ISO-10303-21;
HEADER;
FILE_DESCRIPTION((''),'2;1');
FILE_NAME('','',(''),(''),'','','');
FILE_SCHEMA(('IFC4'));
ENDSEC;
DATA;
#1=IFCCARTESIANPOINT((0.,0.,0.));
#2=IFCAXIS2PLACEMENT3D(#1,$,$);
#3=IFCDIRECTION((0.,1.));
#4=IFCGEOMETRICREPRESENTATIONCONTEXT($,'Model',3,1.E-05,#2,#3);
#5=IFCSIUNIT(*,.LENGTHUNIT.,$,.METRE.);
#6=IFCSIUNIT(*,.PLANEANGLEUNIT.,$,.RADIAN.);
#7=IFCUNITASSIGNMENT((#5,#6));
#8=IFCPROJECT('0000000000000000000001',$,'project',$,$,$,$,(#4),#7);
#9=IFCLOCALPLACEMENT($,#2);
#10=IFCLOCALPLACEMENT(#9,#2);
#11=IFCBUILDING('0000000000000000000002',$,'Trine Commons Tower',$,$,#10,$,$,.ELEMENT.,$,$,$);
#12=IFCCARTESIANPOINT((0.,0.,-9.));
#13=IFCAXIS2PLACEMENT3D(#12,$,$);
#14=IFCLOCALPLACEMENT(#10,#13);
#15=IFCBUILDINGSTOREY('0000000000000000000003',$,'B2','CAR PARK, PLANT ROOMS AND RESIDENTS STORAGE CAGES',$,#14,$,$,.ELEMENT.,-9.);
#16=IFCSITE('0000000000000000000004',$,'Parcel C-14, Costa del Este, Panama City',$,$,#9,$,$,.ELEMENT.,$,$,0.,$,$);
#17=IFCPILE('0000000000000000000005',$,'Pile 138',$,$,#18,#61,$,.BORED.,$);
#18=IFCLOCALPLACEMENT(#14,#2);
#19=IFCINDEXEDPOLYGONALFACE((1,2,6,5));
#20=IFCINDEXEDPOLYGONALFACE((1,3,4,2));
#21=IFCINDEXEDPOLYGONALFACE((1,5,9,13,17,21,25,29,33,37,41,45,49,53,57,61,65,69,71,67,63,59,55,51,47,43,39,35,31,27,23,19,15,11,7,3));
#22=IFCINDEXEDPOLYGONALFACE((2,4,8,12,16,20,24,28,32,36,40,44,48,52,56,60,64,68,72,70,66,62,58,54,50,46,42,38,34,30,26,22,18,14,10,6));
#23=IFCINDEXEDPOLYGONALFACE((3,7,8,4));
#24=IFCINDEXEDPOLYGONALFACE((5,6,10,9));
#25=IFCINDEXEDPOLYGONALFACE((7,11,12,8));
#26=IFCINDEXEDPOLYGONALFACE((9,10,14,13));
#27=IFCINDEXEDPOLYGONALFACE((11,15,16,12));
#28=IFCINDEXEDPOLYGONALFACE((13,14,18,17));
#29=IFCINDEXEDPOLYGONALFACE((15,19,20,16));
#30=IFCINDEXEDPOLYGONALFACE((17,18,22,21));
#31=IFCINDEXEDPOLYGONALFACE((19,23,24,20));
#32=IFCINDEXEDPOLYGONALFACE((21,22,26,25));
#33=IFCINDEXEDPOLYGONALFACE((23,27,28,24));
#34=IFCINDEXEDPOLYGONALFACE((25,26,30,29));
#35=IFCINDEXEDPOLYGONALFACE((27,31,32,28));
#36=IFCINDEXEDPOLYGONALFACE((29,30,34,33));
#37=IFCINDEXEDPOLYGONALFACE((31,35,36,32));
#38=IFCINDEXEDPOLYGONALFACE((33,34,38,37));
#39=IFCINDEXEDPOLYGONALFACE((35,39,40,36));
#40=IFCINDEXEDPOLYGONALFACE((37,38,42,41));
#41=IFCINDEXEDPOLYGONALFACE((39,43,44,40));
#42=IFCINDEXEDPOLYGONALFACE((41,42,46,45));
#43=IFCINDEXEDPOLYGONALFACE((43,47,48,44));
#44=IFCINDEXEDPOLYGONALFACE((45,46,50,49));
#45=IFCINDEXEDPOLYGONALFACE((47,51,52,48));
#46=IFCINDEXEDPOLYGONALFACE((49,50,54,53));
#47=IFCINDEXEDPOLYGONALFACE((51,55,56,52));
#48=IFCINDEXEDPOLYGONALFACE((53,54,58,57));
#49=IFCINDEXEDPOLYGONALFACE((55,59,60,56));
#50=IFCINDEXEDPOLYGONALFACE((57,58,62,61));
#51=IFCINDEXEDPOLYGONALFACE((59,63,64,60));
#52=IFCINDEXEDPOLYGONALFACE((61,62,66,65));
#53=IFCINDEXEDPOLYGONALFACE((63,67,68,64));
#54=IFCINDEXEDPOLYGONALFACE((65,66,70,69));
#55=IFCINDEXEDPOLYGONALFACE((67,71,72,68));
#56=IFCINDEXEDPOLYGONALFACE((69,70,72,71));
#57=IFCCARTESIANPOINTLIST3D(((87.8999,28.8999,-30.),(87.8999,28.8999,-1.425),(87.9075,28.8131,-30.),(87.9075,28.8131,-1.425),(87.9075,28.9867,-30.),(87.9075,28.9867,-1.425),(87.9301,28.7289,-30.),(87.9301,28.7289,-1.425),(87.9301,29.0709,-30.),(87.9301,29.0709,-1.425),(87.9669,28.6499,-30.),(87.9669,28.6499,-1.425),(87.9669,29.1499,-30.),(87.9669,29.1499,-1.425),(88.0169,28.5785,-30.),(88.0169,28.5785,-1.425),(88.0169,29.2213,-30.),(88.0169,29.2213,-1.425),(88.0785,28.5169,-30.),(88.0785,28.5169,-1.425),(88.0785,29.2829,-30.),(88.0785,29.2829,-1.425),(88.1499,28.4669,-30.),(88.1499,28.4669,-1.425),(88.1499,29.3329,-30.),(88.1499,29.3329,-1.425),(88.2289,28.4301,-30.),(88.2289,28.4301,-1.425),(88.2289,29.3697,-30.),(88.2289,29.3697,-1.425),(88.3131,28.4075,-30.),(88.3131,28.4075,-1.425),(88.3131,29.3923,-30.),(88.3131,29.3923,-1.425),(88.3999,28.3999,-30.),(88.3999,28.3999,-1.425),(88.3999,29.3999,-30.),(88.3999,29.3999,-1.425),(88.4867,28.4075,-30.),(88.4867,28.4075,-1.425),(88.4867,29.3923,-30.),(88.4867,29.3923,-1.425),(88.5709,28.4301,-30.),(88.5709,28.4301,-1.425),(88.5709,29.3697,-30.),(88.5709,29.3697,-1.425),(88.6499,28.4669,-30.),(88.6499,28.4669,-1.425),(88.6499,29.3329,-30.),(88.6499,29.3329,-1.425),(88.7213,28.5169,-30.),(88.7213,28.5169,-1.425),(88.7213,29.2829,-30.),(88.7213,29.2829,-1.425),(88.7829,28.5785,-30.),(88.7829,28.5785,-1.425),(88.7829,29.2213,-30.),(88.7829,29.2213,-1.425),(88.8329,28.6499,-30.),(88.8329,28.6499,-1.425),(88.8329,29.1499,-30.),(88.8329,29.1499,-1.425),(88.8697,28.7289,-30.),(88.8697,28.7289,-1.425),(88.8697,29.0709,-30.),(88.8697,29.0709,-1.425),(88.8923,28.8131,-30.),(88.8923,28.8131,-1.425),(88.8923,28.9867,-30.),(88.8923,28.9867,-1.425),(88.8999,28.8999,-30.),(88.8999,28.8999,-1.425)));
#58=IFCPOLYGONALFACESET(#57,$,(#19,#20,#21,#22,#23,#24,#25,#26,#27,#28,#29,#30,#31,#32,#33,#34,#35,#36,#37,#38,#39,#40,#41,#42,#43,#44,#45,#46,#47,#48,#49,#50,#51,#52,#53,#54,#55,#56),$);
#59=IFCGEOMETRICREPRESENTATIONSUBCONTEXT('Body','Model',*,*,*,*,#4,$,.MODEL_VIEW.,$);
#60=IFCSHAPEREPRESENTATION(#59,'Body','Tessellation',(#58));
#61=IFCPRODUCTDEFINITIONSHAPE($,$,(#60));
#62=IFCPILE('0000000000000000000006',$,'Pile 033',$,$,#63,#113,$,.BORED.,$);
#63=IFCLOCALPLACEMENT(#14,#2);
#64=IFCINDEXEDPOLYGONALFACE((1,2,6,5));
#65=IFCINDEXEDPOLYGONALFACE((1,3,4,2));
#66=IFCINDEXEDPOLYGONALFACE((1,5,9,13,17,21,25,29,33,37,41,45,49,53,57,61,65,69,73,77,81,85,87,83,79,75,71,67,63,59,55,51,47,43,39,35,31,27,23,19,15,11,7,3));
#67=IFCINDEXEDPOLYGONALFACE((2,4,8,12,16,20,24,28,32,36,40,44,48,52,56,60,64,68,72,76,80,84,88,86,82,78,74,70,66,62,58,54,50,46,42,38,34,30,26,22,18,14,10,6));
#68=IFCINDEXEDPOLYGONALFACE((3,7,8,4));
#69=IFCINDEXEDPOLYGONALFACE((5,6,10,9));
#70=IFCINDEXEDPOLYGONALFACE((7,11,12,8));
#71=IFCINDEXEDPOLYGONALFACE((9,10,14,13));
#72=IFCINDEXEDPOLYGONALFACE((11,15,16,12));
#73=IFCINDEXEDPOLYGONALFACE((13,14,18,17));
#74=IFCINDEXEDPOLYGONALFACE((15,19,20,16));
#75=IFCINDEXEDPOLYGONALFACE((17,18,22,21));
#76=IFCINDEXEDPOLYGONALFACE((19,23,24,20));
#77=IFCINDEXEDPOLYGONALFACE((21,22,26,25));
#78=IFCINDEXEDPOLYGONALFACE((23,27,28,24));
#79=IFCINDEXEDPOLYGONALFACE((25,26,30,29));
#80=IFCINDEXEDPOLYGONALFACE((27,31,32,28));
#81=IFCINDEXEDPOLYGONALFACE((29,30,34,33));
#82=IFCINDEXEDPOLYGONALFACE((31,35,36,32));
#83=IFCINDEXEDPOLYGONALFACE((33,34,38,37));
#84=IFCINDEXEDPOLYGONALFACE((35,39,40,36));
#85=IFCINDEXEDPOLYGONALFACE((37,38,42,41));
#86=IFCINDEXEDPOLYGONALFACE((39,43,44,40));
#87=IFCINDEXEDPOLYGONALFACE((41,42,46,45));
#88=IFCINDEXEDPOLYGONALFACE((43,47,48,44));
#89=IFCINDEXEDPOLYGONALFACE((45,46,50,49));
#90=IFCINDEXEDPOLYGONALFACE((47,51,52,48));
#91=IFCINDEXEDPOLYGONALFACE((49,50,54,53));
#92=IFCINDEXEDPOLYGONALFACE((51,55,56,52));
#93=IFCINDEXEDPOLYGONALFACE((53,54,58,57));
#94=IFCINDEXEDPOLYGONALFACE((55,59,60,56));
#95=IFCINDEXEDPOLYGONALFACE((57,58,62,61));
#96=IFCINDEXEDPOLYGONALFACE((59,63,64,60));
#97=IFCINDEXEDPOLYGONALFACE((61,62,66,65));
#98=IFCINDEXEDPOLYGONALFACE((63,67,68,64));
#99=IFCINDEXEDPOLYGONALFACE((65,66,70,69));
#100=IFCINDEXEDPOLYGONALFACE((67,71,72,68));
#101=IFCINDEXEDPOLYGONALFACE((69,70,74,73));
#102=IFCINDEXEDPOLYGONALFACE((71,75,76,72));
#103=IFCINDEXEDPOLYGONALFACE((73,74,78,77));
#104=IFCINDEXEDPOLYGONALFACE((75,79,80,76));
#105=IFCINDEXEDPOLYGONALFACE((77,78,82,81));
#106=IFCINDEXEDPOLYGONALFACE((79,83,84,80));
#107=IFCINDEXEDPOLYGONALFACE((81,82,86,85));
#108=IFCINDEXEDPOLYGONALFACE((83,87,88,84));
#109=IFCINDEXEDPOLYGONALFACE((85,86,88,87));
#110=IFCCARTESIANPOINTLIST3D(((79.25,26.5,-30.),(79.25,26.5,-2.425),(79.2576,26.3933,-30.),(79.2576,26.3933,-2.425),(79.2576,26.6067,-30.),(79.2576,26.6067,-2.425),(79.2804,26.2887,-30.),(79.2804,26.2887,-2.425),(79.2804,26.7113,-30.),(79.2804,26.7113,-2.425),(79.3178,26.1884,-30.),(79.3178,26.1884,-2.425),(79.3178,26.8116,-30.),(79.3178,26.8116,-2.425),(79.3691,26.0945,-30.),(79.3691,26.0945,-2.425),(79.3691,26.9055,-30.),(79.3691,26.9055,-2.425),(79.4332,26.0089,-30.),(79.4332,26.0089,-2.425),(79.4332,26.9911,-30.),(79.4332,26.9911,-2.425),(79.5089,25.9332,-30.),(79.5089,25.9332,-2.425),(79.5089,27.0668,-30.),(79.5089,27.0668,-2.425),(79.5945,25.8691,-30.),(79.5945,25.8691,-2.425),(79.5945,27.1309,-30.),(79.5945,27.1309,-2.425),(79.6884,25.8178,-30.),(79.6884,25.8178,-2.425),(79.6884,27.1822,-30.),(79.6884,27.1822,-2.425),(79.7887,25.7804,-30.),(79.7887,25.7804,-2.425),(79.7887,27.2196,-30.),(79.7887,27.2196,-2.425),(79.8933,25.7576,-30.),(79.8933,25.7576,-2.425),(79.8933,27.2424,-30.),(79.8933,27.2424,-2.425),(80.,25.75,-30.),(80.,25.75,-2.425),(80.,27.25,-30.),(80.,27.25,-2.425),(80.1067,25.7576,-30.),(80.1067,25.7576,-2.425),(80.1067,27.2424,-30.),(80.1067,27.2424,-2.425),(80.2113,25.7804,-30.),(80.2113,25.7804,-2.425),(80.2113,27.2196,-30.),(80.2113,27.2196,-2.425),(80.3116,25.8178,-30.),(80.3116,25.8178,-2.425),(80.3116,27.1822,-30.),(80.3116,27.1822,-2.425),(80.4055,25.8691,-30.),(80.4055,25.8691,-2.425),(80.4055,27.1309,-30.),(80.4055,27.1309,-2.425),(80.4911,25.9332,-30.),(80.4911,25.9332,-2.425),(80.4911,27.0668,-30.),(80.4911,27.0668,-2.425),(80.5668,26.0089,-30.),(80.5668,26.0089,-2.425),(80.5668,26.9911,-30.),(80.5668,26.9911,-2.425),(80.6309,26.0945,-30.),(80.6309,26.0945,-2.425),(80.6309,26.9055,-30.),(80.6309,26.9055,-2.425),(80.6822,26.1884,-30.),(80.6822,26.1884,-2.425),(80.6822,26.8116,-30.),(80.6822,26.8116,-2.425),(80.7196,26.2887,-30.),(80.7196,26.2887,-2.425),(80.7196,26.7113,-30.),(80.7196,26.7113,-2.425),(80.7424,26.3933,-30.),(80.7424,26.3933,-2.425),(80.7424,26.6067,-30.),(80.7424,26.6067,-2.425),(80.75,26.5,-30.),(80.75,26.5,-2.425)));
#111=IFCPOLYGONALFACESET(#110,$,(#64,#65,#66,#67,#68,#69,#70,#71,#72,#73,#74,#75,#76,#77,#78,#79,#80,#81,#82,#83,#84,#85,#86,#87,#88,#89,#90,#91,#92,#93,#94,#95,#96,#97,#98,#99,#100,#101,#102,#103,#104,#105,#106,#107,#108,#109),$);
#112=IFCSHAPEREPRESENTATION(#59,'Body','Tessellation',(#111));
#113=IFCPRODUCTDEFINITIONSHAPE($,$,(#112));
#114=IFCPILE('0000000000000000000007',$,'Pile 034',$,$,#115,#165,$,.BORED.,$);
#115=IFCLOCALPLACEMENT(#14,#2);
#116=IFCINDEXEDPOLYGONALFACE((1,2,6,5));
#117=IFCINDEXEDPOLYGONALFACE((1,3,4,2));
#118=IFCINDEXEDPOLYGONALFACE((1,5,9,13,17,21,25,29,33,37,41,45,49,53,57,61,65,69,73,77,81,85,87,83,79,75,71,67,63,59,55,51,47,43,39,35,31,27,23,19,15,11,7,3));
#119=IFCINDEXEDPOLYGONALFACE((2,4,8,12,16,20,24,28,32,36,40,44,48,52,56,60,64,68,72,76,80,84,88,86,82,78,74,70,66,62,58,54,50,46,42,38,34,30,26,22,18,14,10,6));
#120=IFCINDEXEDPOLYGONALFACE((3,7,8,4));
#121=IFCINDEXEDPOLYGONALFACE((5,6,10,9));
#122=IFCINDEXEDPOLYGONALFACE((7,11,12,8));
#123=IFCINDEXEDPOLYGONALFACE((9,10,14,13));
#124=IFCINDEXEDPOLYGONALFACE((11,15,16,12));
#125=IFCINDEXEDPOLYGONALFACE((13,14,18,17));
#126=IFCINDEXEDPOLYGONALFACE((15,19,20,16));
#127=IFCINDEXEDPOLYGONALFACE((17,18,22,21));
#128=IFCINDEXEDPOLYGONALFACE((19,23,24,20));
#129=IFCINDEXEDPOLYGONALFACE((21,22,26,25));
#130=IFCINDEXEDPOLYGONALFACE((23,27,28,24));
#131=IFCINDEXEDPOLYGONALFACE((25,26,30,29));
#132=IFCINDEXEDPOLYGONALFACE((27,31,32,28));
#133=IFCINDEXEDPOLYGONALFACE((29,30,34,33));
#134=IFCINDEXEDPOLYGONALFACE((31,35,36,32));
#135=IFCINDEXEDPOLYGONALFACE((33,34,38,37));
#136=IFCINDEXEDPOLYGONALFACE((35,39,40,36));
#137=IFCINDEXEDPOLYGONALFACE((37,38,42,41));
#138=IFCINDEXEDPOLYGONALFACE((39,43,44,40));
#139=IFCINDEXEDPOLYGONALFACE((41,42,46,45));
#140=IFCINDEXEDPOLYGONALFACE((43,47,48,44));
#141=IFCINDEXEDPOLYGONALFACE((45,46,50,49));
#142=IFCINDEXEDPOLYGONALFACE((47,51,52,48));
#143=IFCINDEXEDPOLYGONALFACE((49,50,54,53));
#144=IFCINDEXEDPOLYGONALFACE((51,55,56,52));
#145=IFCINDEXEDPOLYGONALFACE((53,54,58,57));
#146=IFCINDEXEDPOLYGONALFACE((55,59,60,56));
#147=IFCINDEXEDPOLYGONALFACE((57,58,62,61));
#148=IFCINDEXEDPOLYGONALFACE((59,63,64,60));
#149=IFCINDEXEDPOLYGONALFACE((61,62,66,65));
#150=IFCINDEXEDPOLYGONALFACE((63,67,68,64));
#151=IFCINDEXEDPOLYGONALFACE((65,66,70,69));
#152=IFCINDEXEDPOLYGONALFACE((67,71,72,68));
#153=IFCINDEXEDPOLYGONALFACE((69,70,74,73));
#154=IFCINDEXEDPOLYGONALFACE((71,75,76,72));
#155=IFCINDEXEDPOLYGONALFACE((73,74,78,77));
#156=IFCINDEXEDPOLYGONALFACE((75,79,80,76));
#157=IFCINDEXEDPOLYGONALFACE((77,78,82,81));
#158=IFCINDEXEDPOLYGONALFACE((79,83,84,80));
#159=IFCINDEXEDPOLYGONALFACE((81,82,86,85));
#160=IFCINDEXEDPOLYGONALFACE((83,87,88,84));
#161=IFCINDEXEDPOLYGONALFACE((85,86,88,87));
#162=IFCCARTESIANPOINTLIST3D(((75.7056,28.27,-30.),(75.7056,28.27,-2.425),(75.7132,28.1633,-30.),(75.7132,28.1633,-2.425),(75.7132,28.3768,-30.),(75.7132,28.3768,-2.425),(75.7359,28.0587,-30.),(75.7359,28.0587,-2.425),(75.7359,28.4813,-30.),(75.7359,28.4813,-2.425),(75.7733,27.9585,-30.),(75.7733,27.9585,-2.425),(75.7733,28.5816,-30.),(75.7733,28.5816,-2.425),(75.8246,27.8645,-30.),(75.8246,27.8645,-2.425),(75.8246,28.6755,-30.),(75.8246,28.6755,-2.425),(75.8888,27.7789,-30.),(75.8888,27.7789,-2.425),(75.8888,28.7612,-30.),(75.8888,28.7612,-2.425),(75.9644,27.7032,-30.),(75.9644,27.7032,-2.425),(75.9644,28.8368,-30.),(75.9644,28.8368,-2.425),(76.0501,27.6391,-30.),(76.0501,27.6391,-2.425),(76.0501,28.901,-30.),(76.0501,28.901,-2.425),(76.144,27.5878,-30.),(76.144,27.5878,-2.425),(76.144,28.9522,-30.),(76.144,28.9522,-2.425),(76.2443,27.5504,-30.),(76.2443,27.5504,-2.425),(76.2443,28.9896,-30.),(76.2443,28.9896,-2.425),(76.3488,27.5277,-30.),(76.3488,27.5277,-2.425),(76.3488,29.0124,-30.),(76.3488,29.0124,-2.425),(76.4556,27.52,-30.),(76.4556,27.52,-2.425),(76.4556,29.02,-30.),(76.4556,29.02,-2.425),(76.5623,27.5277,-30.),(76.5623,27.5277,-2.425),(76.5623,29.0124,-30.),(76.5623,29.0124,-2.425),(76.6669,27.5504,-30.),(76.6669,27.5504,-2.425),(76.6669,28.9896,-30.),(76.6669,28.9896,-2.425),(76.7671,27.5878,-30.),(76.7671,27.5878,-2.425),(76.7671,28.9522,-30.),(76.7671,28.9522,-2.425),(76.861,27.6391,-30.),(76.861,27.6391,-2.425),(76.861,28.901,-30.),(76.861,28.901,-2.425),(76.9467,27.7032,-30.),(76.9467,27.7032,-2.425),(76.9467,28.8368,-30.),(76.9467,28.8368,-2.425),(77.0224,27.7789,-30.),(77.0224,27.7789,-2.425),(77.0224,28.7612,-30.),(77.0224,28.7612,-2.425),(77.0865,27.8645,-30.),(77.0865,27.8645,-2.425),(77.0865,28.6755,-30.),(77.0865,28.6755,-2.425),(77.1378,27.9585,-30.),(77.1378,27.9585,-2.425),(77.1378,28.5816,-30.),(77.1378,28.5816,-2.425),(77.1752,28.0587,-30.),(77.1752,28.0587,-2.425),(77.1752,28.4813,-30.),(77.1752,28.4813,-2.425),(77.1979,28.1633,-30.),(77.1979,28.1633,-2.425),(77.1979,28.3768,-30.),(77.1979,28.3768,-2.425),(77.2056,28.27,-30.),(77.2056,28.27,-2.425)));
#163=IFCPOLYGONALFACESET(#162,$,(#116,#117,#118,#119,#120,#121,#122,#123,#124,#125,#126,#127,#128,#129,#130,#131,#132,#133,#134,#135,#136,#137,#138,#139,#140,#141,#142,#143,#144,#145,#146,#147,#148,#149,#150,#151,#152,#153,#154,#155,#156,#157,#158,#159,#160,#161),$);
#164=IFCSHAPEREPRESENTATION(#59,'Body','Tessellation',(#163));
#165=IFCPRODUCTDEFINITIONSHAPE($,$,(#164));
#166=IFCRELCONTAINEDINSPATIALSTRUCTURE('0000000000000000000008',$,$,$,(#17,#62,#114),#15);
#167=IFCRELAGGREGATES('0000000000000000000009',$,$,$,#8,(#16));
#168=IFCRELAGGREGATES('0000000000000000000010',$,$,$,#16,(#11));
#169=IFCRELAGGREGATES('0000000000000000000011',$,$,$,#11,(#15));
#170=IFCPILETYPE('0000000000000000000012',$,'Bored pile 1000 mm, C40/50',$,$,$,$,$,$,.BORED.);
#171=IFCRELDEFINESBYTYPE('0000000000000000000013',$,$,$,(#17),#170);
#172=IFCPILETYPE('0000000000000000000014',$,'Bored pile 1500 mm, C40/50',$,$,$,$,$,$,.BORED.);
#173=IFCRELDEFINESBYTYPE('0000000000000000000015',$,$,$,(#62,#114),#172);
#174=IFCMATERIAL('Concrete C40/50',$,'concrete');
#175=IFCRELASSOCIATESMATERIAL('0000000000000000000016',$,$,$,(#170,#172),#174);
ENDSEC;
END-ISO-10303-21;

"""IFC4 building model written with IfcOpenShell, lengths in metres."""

from ifc_helpers import new_model, si_unit, direction, frame, origin, origin_2d, place, context, subcontext, project, spatial, circle, extrude, material, type_object, element, save


model = new_model("IFC4")

# Units and contexts
model_context = context("Model", 3, precision=1e-05, world=origin(), true_north=direction((0.0, 1.0)))
body_context = subcontext(model_context, "Body", "Model", "MODEL_VIEW")
ifc_project = project(units=[si_unit("LENGTHUNIT", "METRE"), si_unit("PLANEANGLEUNIT", "RADIAN")], contexts=[model_context])

# Site, building, storey
site_placement = place(None, origin())
site = spatial("IfcSite", under=ifc_project, at=site_placement, Name="Parcel C-14, Costa del Este, Panama City", CompositionType="ELEMENT", RefElevation=0.0)
building_placement = place(site_placement, origin())
building = spatial("IfcBuilding", under=site, at=building_placement, Name="Trine Commons Tower", CompositionType="ELEMENT")
storey_placement = place(building_placement, frame((0.0, 0.0, -9.0)))
storey = spatial("IfcBuildingStorey", under=building, at=storey_placement, Name="B2", Description="CAR PARK, PLANT ROOMS AND RESIDENTS STORAGE CAGES", CompositionType="ELEMENT", Elevation=-9.0)

# Piles
ifc_material_1 = material(Name="Concrete C40/50", Category="concrete")
pile_type_1 = type_object("IfcPileType", Name="Bored pile 1000 mm, C40/50", PredefinedType="BORED", material=ifc_material_1)
pile_placement = place(storey_placement, frame((88.3999, 28.8999, -1.425), z_axis=(0.0, 0.0, -1.0), x_axis=(1.0, 0.0, 0.0)))
element("IfcPile", 1, at=pile_placement, inside=storey, type_object=pile_type_1, Name="Pile 138", PredefinedType="BORED", context=body_context, shape_type="SweptSolid", body=[
    extrude(circle(Radius=0.5, at=origin_2d()), origin(), (0.0, 0.0, 1.0), 28.575),
])
pile_type_2 = type_object("IfcPileType", Name="Bored pile 1500 mm, C40/50", PredefinedType="BORED", material=ifc_material_1)
for number, where, z_axis, x_axis, name in (
    (2, (80.0, 26.5, -2.425), (0.0, 0.0, -1.0), (1.0, 0.0, 0.0), "Pile 033"),
    (3, (76.4556, 28.27, -2.425), (0.0, 0.0, -1.0), (1.0, 0.0, 0.0), "Pile 034"),
):
    element("IfcPile", number, at=place(storey_placement, frame(where, z_axis=z_axis, x_axis=x_axis)), inside=storey, type_object=pile_type_2, Name=name, PredefinedType="BORED", context=body_context, shape_type="SweptSolid", body=[
        extrude(circle(Radius=0.75, at=origin_2d()), origin(), (0.0, 0.0, 1.0), 27.575),
    ])

save(model, "model.ifc")
